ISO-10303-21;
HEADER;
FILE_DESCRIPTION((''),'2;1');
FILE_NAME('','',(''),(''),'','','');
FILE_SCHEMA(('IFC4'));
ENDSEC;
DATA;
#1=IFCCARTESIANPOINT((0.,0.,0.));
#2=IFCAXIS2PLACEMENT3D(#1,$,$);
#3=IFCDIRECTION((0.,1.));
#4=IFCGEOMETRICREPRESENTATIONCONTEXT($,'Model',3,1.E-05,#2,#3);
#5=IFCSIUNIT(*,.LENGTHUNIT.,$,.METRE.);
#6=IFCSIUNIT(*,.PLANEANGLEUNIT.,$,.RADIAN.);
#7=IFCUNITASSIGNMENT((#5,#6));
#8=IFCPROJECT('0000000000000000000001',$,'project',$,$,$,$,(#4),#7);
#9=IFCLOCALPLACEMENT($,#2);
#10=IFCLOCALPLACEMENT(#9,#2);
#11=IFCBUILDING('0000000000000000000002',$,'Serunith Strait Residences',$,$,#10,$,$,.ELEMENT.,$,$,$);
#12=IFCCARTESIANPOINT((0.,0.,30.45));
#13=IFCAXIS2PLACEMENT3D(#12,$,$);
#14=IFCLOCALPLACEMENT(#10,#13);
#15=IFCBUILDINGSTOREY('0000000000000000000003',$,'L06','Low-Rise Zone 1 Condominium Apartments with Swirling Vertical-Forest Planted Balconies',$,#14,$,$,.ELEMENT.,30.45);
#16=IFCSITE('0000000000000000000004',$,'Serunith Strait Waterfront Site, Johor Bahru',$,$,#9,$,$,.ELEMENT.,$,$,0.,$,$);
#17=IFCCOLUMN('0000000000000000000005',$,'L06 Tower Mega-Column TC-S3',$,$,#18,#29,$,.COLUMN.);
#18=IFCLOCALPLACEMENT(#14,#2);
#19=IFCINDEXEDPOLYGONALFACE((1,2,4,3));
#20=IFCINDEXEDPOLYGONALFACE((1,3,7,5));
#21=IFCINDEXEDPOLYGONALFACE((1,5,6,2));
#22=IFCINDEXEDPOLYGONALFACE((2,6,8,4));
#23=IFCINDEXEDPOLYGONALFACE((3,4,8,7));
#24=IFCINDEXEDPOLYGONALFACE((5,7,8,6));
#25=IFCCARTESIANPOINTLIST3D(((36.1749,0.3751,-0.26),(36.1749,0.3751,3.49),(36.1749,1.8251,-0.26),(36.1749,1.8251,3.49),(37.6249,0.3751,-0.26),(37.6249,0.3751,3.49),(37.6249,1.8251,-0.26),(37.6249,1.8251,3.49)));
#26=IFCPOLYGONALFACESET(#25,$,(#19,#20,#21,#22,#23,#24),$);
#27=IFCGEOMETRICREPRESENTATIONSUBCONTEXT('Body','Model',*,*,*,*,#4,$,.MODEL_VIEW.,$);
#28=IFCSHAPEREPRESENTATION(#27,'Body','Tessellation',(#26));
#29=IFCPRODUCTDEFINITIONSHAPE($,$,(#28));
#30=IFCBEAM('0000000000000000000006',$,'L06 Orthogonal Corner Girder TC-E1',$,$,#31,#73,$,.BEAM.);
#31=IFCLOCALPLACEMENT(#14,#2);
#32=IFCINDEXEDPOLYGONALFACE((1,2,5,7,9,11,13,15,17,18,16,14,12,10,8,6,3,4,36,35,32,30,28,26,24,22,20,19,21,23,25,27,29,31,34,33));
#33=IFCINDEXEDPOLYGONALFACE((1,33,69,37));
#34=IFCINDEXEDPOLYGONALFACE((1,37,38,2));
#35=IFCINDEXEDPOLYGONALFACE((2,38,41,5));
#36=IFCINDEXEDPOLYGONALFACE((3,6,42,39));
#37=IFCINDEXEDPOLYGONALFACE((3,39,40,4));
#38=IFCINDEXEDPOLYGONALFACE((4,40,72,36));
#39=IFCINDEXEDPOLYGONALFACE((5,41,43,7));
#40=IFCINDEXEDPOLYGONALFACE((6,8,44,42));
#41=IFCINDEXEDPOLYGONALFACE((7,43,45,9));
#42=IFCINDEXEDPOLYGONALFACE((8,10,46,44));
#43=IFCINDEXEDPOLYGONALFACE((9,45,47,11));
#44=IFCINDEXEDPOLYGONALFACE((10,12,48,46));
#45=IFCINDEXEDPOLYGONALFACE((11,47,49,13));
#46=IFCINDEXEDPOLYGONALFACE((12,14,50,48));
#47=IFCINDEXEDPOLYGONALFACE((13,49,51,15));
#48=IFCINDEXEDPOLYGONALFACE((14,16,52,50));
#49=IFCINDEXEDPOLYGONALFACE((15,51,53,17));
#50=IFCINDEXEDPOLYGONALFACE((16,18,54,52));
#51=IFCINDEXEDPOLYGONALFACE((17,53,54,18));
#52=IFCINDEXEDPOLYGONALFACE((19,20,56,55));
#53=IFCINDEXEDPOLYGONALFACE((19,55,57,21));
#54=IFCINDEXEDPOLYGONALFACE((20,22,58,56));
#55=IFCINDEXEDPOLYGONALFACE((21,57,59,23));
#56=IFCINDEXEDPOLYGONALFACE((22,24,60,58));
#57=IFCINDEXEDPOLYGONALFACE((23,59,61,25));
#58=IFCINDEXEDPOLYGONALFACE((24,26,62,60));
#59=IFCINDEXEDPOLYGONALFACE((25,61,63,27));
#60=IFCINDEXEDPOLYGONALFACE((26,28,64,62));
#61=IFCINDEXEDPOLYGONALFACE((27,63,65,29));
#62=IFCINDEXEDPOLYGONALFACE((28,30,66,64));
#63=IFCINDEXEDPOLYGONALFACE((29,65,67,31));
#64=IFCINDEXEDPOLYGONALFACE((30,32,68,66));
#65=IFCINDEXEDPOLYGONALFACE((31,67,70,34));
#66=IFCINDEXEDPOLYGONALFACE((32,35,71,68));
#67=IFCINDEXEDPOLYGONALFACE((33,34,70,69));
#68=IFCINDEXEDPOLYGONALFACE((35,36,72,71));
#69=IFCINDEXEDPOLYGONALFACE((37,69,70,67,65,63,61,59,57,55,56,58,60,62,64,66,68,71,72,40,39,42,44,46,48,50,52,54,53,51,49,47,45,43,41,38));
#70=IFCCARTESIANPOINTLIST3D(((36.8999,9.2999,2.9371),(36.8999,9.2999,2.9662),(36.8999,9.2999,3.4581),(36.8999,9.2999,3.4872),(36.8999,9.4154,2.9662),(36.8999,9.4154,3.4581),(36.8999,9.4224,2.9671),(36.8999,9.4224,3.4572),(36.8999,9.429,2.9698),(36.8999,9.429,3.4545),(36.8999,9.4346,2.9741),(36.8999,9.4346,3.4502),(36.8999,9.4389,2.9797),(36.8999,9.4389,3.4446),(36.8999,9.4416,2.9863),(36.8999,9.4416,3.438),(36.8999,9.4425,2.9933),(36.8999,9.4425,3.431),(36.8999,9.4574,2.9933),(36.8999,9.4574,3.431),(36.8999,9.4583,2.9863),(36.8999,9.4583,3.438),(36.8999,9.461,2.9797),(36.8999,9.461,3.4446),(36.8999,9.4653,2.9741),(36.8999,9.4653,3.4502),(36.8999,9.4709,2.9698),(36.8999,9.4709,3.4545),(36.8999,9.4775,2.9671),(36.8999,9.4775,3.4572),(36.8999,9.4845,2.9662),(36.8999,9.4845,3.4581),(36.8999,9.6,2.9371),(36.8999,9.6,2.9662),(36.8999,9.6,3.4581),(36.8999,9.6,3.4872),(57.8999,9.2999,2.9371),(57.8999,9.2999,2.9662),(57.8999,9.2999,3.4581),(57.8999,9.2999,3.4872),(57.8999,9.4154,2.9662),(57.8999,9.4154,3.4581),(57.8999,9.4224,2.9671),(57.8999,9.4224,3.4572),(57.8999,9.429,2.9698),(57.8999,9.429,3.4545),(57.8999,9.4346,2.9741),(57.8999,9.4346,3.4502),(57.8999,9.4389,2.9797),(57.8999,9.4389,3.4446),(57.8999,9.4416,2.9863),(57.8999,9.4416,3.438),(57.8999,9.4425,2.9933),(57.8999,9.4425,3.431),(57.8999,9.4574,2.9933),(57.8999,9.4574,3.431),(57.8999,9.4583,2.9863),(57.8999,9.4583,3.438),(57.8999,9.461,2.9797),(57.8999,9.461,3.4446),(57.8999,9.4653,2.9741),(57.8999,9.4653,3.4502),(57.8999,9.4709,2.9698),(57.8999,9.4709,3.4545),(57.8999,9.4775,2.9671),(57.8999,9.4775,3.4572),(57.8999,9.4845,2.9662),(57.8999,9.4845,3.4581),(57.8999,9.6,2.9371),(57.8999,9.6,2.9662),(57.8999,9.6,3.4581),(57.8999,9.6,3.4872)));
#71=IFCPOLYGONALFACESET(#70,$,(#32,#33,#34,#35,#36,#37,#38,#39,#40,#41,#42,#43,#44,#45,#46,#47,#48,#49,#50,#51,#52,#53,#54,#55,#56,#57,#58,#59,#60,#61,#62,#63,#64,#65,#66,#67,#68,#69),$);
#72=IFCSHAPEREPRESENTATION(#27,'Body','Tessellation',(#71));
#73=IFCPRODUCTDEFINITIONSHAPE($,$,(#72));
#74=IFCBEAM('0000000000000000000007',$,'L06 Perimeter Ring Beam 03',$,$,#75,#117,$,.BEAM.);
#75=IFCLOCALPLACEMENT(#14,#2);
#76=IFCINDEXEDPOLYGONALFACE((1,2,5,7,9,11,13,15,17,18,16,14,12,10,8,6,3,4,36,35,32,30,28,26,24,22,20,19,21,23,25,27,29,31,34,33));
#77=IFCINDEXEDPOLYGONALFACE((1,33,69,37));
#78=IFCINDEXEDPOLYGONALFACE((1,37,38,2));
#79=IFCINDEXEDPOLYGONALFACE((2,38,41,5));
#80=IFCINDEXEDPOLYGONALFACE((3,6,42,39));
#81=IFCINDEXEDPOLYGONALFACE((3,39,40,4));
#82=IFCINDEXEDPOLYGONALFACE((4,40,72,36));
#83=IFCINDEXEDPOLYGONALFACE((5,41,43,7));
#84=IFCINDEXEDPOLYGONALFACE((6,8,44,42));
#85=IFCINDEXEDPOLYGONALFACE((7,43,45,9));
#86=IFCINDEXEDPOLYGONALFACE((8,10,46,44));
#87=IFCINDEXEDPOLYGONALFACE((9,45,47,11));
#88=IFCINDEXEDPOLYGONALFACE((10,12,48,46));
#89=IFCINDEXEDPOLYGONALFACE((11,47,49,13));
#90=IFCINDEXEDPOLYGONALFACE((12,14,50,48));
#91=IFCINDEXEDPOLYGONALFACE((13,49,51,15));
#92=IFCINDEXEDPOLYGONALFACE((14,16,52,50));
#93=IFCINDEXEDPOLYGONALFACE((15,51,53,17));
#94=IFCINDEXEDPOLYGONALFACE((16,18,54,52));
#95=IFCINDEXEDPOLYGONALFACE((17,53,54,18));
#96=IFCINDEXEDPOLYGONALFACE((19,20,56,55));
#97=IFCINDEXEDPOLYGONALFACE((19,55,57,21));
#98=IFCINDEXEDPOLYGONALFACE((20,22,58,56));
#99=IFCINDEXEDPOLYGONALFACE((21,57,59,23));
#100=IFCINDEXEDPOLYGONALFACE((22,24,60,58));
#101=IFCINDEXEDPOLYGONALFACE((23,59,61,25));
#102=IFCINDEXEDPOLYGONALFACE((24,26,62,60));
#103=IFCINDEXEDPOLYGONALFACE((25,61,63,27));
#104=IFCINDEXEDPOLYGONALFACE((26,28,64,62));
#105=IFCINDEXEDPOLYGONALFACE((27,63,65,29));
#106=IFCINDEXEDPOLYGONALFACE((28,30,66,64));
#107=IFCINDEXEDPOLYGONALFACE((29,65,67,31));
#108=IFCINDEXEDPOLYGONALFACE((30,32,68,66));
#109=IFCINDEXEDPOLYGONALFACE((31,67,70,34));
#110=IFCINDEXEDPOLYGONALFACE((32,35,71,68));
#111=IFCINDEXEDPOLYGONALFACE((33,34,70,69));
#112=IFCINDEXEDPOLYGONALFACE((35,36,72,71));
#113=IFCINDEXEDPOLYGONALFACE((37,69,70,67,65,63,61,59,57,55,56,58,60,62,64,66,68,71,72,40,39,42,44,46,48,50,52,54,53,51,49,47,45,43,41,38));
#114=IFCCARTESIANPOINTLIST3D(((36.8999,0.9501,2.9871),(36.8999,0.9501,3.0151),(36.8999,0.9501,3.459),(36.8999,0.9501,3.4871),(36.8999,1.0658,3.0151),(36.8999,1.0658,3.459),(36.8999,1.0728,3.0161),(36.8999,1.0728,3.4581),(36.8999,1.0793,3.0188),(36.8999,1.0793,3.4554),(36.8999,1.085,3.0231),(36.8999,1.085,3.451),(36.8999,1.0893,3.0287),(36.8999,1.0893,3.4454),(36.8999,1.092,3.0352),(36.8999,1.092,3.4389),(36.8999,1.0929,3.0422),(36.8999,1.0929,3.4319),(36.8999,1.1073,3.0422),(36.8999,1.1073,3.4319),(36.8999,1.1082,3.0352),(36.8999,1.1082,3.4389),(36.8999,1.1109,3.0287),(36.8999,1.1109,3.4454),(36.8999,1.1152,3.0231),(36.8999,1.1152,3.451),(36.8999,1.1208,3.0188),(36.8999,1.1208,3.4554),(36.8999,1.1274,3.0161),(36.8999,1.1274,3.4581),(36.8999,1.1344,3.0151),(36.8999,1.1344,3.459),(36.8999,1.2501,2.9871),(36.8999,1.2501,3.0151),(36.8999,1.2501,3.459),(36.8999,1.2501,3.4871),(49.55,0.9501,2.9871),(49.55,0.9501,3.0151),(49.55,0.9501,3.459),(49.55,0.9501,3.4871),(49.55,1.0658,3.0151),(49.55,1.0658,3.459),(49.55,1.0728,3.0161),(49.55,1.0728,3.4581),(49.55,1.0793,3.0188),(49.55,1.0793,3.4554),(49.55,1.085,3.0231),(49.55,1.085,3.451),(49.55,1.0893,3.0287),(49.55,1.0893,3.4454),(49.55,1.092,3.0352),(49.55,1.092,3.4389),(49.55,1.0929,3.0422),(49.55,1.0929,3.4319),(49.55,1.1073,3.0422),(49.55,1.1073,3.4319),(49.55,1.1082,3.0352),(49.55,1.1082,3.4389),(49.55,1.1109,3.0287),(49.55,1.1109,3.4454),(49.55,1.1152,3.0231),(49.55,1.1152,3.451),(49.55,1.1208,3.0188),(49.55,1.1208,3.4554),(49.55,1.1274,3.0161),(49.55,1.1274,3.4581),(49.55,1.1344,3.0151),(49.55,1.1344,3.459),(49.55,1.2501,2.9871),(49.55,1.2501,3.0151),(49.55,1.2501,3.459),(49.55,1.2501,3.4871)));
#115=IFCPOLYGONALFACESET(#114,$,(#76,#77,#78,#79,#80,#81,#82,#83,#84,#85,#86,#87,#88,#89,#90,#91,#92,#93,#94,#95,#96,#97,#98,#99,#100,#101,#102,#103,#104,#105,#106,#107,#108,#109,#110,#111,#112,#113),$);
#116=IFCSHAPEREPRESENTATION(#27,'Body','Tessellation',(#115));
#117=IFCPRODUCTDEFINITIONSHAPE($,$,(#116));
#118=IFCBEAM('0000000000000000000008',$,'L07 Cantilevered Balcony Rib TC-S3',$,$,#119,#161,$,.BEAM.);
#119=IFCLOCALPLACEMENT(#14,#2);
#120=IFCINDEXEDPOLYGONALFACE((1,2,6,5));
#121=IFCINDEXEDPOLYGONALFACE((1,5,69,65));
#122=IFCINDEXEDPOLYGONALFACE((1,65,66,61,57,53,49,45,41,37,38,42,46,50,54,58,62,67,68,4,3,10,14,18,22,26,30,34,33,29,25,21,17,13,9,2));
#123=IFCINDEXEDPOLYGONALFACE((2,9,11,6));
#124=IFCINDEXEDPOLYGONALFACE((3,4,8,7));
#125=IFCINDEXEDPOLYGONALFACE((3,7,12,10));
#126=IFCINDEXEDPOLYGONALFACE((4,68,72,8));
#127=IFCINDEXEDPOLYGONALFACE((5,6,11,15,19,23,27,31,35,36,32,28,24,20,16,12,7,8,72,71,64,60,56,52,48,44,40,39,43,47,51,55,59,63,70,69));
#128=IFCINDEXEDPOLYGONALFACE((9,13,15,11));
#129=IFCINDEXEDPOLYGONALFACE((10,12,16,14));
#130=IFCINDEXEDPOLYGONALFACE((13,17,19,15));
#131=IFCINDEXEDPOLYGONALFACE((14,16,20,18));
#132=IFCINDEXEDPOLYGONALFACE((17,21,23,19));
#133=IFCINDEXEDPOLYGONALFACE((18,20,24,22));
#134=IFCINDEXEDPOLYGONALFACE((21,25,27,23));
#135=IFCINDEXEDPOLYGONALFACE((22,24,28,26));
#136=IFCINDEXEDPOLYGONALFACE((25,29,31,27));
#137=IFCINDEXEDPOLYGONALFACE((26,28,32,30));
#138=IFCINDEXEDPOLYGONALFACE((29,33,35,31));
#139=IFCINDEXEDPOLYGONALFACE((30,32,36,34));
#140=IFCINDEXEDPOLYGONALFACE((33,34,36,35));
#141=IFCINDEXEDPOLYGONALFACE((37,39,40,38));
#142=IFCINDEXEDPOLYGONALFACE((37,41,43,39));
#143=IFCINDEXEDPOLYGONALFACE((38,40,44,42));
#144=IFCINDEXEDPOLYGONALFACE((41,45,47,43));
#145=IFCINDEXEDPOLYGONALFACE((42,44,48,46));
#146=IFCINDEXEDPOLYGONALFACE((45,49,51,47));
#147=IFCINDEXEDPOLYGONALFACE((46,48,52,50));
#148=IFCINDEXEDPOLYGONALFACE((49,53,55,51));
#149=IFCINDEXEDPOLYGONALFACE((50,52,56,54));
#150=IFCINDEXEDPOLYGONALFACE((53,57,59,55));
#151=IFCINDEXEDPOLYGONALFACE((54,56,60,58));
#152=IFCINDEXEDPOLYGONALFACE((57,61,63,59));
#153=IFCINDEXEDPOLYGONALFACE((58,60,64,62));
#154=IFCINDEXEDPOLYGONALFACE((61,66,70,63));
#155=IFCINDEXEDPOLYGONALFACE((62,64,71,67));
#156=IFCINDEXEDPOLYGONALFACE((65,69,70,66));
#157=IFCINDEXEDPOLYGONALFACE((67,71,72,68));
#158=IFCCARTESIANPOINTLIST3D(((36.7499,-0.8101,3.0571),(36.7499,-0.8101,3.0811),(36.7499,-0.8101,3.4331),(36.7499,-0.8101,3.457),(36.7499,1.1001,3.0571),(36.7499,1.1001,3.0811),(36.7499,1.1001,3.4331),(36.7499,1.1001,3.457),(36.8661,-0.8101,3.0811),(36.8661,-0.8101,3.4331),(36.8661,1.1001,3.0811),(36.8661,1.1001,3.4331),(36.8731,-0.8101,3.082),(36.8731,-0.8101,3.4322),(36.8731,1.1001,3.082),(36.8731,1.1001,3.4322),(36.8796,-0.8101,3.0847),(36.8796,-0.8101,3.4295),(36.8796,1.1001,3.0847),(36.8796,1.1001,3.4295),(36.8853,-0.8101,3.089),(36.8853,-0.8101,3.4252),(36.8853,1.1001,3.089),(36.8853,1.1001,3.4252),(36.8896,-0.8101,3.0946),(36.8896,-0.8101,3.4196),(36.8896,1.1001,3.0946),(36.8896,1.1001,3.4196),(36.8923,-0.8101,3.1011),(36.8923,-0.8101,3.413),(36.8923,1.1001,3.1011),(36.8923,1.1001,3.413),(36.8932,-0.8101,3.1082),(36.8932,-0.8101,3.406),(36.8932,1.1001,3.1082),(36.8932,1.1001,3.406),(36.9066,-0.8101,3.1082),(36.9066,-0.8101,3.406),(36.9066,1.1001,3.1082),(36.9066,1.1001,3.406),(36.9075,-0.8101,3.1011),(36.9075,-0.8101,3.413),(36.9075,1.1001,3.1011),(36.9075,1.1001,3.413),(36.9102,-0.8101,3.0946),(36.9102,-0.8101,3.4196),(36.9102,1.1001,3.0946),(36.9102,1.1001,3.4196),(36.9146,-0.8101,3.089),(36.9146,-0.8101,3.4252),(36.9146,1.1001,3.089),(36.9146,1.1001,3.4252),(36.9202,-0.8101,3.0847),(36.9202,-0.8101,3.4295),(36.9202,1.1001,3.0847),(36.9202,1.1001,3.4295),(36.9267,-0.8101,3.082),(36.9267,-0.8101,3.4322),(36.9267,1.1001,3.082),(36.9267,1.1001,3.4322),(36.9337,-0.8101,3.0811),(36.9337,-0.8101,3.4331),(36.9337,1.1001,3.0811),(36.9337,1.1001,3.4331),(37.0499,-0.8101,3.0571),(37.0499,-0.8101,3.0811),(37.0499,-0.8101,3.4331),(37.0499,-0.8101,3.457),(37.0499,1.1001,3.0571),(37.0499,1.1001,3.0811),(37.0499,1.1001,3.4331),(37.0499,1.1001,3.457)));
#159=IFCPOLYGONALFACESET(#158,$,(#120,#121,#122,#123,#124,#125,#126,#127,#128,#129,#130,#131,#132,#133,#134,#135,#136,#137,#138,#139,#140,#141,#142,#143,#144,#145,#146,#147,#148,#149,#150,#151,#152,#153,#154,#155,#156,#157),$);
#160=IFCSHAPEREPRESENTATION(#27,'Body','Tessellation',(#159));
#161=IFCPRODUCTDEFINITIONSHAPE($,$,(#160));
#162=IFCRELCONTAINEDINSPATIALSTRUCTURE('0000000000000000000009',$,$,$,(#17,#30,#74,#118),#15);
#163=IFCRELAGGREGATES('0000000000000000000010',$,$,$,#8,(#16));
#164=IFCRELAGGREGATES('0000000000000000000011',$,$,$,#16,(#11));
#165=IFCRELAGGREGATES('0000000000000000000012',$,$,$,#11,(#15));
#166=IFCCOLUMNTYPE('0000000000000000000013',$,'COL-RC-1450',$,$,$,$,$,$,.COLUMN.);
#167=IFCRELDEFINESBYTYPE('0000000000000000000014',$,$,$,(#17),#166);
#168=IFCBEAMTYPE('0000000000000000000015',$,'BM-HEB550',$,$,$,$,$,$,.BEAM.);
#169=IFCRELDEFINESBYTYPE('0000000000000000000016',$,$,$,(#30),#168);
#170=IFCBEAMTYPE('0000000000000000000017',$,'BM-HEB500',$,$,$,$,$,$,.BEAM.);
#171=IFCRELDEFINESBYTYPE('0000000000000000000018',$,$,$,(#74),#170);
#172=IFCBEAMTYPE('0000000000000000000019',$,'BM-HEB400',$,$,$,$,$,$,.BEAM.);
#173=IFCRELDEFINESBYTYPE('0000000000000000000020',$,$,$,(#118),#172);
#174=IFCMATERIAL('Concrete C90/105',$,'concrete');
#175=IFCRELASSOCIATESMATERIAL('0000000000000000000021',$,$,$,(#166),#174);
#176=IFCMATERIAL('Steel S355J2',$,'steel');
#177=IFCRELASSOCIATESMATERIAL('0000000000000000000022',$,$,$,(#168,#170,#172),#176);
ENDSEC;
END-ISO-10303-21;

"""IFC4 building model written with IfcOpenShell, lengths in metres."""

from ifc_helpers import new_model, si_unit, direction, frame, origin, origin_2d, place, context, subcontext, project, spatial, rectangle, i_section, extrude, source, transform, mapped, material, material_profile, profile_set, type_object, element, save


model = new_model("IFC4")

# Units and contexts
model_context = context("Model", 3, precision=1e-05, world=origin(), true_north=direction((0.0, 1.0)))
body_context = subcontext(model_context, "Body", "Model", "MODEL_VIEW")
ifc_project = project(units=[si_unit("LENGTHUNIT", "METRE"), si_unit("PLANEANGLEUNIT", "RADIAN")], contexts=[model_context])

# Site, building, storey
site_placement = place(None, origin())
site = spatial("IfcSite", under=ifc_project, at=site_placement, Name="Serunith Strait Waterfront Site, Johor Bahru", CompositionType="ELEMENT", RefElevation=0.0)
building_placement = place(site_placement, origin())
building = spatial("IfcBuilding", under=site, at=building_placement, Name="Serunith Strait Residences", CompositionType="ELEMENT")
storey_placement = place(building_placement, frame((0.0, 0.0, 30.45)))
storey = spatial("IfcBuildingStorey", under=building, at=storey_placement, Name="L06", Description="Low-Rise Zone 1 Condominium Apartments with Swirling Vertical-Forest Planted Balconies", CompositionType="ELEMENT", Elevation=30.45)

# Column
ifc_material_1 = material(Name="Concrete C90/105", Category="concrete")
ifc_material_profile_1 = material_profile(ifc_material_1, rectangle(XDim=1.45, YDim=1.45, at=origin_2d()), Name="RC 1450x1450")
ifc_profile_set_1 = profile_set([ifc_material_profile_1], Name="Concrete C90/105")
column_type = type_object("IfcColumnType", Name="COL-RC-1450", PredefinedType="COLUMN", material=ifc_profile_set_1)
shared_shape_1 = source(origin(), body_context, "Body", "SweptSolid", [
    extrude(rectangle(XDim=1.45, YDim=1.45, at=origin_2d()), origin(), (0.0, 0.0, 1.0), 3.75),
])
column_placement = place(storey_placement, frame((36.8999, 1.1001, -0.26), z_axis=(0.0, 0.0, 1.0), x_axis=(1.0, 0.0, 0.0)))
element("IfcColumn", 1, at=column_placement, inside=storey, type_object=column_type, Name="L06 Tower Mega-Column TC-S3", PredefinedType="COLUMN", context=body_context, shape_type="MappedRepresentation", body=[
    mapped(shared_shape_1, transform((0.0, 0.0, 0.0), scale=1.0)),
])

# Beams
ifc_material_2 = material(Name="Steel S355J2", Category="steel")
ifc_material_profile_2 = material_profile(ifc_material_2, i_section(OverallWidth=0.3, OverallDepth=0.55, WebThickness=0.0149, FlangeThickness=0.0291, FilletRadius=0.0271, at=origin_2d()), Name="HEB 550")
ifc_profile_set_2 = profile_set([ifc_material_profile_2], Name="Steel S355J2")
beam_type_1 = type_object("IfcBeamType", Name="BM-HEB550", PredefinedType="BEAM", material=ifc_profile_set_2)
shared_shape_2 = source(origin(), body_context, "Body", "SweptSolid", [
    extrude(i_section(OverallWidth=0.3, OverallDepth=0.55, WebThickness=0.0149, FlangeThickness=0.0291, FilletRadius=0.0271, at=origin_2d()), origin(), (0.0, 0.0, 1.0), 21.0),
])
beam_1_placement = place(storey_placement, frame((36.8999, 9.45, 3.2122), z_axis=(1.0, 0.0, 0.0), x_axis=(0.0, 1.0, 0.0)))
element("IfcBeam", 2, at=beam_1_placement, inside=storey, type_object=beam_type_1, Name="L06 Orthogonal Corner Girder TC-E1", PredefinedType="BEAM", context=body_context, shape_type="MappedRepresentation", body=[
    mapped(shared_shape_2, transform((0.0, 0.0, 0.0), scale=1.0)),
])
ifc_material_profile_3 = material_profile(ifc_material_2, i_section(OverallWidth=0.3, OverallDepth=0.5, WebThickness=0.0144, FlangeThickness=0.0281, FilletRadius=0.0271, at=origin_2d()), Name="HEB 500")
ifc_profile_set_3 = profile_set([ifc_material_profile_3], Name="Steel S355J2")
beam_type_2 = type_object("IfcBeamType", Name="BM-HEB500", PredefinedType="BEAM", material=ifc_profile_set_3)
shared_shape_3 = source(origin(), body_context, "Body", "SweptSolid", [
    extrude(i_section(OverallWidth=0.3, OverallDepth=0.5, WebThickness=0.0144, FlangeThickness=0.0281, FilletRadius=0.0271, at=origin_2d()), origin(), (0.0, 0.0, 1.0), 12.6501),
])
beam_2_placement = place(storey_placement, frame((36.8999, 1.1001, 3.2371), z_axis=(1.0, 0.0, 0.0), x_axis=(0.0, 1.0, 0.0)))
element("IfcBeam", 3, at=beam_2_placement, inside=storey, type_object=beam_type_2, Name="L06 Perimeter Ring Beam 03", PredefinedType="BEAM", context=body_context, shape_type="MappedRepresentation", body=[
    mapped(shared_shape_3, transform((0.0, 0.0, 0.0), scale=1.0)),
])
ifc_material_profile_4 = material_profile(ifc_material_2, i_section(OverallWidth=0.3, OverallDepth=0.3999, WebThickness=0.0134, FlangeThickness=0.0239, FilletRadius=0.0271, at=origin_2d()), Name="HEB 400")
ifc_profile_set_4 = profile_set([ifc_material_profile_4], Name="Steel S355J2")
beam_type_3 = type_object("IfcBeamType", Name="BM-HEB400", PredefinedType="BEAM", material=ifc_profile_set_4)
shared_shape_4 = source(origin(), body_context, "Body", "SweptSolid", [
    extrude(i_section(OverallWidth=0.3, OverallDepth=0.3999, WebThickness=0.0134, FlangeThickness=0.0239, FilletRadius=0.0271, at=origin_2d()), origin(), (0.0, 0.0, 1.0), 1.9102),
])
beam_3_placement = place(storey_placement, frame((36.8999, 1.1001, 3.2571), z_axis=(0.0, -1.0, 0.0), x_axis=(1.0, 0.0, 0.0)))
element("IfcBeam", 4, at=beam_3_placement, inside=storey, type_object=beam_type_3, Name="L07 Cantilevered Balcony Rib TC-S3", PredefinedType="BEAM", context=body_context, shape_type="MappedRepresentation", body=[
    mapped(shared_shape_4, transform((0.0, 0.0, 0.0), scale=1.0)),
])

save(model, "model.ifc")
